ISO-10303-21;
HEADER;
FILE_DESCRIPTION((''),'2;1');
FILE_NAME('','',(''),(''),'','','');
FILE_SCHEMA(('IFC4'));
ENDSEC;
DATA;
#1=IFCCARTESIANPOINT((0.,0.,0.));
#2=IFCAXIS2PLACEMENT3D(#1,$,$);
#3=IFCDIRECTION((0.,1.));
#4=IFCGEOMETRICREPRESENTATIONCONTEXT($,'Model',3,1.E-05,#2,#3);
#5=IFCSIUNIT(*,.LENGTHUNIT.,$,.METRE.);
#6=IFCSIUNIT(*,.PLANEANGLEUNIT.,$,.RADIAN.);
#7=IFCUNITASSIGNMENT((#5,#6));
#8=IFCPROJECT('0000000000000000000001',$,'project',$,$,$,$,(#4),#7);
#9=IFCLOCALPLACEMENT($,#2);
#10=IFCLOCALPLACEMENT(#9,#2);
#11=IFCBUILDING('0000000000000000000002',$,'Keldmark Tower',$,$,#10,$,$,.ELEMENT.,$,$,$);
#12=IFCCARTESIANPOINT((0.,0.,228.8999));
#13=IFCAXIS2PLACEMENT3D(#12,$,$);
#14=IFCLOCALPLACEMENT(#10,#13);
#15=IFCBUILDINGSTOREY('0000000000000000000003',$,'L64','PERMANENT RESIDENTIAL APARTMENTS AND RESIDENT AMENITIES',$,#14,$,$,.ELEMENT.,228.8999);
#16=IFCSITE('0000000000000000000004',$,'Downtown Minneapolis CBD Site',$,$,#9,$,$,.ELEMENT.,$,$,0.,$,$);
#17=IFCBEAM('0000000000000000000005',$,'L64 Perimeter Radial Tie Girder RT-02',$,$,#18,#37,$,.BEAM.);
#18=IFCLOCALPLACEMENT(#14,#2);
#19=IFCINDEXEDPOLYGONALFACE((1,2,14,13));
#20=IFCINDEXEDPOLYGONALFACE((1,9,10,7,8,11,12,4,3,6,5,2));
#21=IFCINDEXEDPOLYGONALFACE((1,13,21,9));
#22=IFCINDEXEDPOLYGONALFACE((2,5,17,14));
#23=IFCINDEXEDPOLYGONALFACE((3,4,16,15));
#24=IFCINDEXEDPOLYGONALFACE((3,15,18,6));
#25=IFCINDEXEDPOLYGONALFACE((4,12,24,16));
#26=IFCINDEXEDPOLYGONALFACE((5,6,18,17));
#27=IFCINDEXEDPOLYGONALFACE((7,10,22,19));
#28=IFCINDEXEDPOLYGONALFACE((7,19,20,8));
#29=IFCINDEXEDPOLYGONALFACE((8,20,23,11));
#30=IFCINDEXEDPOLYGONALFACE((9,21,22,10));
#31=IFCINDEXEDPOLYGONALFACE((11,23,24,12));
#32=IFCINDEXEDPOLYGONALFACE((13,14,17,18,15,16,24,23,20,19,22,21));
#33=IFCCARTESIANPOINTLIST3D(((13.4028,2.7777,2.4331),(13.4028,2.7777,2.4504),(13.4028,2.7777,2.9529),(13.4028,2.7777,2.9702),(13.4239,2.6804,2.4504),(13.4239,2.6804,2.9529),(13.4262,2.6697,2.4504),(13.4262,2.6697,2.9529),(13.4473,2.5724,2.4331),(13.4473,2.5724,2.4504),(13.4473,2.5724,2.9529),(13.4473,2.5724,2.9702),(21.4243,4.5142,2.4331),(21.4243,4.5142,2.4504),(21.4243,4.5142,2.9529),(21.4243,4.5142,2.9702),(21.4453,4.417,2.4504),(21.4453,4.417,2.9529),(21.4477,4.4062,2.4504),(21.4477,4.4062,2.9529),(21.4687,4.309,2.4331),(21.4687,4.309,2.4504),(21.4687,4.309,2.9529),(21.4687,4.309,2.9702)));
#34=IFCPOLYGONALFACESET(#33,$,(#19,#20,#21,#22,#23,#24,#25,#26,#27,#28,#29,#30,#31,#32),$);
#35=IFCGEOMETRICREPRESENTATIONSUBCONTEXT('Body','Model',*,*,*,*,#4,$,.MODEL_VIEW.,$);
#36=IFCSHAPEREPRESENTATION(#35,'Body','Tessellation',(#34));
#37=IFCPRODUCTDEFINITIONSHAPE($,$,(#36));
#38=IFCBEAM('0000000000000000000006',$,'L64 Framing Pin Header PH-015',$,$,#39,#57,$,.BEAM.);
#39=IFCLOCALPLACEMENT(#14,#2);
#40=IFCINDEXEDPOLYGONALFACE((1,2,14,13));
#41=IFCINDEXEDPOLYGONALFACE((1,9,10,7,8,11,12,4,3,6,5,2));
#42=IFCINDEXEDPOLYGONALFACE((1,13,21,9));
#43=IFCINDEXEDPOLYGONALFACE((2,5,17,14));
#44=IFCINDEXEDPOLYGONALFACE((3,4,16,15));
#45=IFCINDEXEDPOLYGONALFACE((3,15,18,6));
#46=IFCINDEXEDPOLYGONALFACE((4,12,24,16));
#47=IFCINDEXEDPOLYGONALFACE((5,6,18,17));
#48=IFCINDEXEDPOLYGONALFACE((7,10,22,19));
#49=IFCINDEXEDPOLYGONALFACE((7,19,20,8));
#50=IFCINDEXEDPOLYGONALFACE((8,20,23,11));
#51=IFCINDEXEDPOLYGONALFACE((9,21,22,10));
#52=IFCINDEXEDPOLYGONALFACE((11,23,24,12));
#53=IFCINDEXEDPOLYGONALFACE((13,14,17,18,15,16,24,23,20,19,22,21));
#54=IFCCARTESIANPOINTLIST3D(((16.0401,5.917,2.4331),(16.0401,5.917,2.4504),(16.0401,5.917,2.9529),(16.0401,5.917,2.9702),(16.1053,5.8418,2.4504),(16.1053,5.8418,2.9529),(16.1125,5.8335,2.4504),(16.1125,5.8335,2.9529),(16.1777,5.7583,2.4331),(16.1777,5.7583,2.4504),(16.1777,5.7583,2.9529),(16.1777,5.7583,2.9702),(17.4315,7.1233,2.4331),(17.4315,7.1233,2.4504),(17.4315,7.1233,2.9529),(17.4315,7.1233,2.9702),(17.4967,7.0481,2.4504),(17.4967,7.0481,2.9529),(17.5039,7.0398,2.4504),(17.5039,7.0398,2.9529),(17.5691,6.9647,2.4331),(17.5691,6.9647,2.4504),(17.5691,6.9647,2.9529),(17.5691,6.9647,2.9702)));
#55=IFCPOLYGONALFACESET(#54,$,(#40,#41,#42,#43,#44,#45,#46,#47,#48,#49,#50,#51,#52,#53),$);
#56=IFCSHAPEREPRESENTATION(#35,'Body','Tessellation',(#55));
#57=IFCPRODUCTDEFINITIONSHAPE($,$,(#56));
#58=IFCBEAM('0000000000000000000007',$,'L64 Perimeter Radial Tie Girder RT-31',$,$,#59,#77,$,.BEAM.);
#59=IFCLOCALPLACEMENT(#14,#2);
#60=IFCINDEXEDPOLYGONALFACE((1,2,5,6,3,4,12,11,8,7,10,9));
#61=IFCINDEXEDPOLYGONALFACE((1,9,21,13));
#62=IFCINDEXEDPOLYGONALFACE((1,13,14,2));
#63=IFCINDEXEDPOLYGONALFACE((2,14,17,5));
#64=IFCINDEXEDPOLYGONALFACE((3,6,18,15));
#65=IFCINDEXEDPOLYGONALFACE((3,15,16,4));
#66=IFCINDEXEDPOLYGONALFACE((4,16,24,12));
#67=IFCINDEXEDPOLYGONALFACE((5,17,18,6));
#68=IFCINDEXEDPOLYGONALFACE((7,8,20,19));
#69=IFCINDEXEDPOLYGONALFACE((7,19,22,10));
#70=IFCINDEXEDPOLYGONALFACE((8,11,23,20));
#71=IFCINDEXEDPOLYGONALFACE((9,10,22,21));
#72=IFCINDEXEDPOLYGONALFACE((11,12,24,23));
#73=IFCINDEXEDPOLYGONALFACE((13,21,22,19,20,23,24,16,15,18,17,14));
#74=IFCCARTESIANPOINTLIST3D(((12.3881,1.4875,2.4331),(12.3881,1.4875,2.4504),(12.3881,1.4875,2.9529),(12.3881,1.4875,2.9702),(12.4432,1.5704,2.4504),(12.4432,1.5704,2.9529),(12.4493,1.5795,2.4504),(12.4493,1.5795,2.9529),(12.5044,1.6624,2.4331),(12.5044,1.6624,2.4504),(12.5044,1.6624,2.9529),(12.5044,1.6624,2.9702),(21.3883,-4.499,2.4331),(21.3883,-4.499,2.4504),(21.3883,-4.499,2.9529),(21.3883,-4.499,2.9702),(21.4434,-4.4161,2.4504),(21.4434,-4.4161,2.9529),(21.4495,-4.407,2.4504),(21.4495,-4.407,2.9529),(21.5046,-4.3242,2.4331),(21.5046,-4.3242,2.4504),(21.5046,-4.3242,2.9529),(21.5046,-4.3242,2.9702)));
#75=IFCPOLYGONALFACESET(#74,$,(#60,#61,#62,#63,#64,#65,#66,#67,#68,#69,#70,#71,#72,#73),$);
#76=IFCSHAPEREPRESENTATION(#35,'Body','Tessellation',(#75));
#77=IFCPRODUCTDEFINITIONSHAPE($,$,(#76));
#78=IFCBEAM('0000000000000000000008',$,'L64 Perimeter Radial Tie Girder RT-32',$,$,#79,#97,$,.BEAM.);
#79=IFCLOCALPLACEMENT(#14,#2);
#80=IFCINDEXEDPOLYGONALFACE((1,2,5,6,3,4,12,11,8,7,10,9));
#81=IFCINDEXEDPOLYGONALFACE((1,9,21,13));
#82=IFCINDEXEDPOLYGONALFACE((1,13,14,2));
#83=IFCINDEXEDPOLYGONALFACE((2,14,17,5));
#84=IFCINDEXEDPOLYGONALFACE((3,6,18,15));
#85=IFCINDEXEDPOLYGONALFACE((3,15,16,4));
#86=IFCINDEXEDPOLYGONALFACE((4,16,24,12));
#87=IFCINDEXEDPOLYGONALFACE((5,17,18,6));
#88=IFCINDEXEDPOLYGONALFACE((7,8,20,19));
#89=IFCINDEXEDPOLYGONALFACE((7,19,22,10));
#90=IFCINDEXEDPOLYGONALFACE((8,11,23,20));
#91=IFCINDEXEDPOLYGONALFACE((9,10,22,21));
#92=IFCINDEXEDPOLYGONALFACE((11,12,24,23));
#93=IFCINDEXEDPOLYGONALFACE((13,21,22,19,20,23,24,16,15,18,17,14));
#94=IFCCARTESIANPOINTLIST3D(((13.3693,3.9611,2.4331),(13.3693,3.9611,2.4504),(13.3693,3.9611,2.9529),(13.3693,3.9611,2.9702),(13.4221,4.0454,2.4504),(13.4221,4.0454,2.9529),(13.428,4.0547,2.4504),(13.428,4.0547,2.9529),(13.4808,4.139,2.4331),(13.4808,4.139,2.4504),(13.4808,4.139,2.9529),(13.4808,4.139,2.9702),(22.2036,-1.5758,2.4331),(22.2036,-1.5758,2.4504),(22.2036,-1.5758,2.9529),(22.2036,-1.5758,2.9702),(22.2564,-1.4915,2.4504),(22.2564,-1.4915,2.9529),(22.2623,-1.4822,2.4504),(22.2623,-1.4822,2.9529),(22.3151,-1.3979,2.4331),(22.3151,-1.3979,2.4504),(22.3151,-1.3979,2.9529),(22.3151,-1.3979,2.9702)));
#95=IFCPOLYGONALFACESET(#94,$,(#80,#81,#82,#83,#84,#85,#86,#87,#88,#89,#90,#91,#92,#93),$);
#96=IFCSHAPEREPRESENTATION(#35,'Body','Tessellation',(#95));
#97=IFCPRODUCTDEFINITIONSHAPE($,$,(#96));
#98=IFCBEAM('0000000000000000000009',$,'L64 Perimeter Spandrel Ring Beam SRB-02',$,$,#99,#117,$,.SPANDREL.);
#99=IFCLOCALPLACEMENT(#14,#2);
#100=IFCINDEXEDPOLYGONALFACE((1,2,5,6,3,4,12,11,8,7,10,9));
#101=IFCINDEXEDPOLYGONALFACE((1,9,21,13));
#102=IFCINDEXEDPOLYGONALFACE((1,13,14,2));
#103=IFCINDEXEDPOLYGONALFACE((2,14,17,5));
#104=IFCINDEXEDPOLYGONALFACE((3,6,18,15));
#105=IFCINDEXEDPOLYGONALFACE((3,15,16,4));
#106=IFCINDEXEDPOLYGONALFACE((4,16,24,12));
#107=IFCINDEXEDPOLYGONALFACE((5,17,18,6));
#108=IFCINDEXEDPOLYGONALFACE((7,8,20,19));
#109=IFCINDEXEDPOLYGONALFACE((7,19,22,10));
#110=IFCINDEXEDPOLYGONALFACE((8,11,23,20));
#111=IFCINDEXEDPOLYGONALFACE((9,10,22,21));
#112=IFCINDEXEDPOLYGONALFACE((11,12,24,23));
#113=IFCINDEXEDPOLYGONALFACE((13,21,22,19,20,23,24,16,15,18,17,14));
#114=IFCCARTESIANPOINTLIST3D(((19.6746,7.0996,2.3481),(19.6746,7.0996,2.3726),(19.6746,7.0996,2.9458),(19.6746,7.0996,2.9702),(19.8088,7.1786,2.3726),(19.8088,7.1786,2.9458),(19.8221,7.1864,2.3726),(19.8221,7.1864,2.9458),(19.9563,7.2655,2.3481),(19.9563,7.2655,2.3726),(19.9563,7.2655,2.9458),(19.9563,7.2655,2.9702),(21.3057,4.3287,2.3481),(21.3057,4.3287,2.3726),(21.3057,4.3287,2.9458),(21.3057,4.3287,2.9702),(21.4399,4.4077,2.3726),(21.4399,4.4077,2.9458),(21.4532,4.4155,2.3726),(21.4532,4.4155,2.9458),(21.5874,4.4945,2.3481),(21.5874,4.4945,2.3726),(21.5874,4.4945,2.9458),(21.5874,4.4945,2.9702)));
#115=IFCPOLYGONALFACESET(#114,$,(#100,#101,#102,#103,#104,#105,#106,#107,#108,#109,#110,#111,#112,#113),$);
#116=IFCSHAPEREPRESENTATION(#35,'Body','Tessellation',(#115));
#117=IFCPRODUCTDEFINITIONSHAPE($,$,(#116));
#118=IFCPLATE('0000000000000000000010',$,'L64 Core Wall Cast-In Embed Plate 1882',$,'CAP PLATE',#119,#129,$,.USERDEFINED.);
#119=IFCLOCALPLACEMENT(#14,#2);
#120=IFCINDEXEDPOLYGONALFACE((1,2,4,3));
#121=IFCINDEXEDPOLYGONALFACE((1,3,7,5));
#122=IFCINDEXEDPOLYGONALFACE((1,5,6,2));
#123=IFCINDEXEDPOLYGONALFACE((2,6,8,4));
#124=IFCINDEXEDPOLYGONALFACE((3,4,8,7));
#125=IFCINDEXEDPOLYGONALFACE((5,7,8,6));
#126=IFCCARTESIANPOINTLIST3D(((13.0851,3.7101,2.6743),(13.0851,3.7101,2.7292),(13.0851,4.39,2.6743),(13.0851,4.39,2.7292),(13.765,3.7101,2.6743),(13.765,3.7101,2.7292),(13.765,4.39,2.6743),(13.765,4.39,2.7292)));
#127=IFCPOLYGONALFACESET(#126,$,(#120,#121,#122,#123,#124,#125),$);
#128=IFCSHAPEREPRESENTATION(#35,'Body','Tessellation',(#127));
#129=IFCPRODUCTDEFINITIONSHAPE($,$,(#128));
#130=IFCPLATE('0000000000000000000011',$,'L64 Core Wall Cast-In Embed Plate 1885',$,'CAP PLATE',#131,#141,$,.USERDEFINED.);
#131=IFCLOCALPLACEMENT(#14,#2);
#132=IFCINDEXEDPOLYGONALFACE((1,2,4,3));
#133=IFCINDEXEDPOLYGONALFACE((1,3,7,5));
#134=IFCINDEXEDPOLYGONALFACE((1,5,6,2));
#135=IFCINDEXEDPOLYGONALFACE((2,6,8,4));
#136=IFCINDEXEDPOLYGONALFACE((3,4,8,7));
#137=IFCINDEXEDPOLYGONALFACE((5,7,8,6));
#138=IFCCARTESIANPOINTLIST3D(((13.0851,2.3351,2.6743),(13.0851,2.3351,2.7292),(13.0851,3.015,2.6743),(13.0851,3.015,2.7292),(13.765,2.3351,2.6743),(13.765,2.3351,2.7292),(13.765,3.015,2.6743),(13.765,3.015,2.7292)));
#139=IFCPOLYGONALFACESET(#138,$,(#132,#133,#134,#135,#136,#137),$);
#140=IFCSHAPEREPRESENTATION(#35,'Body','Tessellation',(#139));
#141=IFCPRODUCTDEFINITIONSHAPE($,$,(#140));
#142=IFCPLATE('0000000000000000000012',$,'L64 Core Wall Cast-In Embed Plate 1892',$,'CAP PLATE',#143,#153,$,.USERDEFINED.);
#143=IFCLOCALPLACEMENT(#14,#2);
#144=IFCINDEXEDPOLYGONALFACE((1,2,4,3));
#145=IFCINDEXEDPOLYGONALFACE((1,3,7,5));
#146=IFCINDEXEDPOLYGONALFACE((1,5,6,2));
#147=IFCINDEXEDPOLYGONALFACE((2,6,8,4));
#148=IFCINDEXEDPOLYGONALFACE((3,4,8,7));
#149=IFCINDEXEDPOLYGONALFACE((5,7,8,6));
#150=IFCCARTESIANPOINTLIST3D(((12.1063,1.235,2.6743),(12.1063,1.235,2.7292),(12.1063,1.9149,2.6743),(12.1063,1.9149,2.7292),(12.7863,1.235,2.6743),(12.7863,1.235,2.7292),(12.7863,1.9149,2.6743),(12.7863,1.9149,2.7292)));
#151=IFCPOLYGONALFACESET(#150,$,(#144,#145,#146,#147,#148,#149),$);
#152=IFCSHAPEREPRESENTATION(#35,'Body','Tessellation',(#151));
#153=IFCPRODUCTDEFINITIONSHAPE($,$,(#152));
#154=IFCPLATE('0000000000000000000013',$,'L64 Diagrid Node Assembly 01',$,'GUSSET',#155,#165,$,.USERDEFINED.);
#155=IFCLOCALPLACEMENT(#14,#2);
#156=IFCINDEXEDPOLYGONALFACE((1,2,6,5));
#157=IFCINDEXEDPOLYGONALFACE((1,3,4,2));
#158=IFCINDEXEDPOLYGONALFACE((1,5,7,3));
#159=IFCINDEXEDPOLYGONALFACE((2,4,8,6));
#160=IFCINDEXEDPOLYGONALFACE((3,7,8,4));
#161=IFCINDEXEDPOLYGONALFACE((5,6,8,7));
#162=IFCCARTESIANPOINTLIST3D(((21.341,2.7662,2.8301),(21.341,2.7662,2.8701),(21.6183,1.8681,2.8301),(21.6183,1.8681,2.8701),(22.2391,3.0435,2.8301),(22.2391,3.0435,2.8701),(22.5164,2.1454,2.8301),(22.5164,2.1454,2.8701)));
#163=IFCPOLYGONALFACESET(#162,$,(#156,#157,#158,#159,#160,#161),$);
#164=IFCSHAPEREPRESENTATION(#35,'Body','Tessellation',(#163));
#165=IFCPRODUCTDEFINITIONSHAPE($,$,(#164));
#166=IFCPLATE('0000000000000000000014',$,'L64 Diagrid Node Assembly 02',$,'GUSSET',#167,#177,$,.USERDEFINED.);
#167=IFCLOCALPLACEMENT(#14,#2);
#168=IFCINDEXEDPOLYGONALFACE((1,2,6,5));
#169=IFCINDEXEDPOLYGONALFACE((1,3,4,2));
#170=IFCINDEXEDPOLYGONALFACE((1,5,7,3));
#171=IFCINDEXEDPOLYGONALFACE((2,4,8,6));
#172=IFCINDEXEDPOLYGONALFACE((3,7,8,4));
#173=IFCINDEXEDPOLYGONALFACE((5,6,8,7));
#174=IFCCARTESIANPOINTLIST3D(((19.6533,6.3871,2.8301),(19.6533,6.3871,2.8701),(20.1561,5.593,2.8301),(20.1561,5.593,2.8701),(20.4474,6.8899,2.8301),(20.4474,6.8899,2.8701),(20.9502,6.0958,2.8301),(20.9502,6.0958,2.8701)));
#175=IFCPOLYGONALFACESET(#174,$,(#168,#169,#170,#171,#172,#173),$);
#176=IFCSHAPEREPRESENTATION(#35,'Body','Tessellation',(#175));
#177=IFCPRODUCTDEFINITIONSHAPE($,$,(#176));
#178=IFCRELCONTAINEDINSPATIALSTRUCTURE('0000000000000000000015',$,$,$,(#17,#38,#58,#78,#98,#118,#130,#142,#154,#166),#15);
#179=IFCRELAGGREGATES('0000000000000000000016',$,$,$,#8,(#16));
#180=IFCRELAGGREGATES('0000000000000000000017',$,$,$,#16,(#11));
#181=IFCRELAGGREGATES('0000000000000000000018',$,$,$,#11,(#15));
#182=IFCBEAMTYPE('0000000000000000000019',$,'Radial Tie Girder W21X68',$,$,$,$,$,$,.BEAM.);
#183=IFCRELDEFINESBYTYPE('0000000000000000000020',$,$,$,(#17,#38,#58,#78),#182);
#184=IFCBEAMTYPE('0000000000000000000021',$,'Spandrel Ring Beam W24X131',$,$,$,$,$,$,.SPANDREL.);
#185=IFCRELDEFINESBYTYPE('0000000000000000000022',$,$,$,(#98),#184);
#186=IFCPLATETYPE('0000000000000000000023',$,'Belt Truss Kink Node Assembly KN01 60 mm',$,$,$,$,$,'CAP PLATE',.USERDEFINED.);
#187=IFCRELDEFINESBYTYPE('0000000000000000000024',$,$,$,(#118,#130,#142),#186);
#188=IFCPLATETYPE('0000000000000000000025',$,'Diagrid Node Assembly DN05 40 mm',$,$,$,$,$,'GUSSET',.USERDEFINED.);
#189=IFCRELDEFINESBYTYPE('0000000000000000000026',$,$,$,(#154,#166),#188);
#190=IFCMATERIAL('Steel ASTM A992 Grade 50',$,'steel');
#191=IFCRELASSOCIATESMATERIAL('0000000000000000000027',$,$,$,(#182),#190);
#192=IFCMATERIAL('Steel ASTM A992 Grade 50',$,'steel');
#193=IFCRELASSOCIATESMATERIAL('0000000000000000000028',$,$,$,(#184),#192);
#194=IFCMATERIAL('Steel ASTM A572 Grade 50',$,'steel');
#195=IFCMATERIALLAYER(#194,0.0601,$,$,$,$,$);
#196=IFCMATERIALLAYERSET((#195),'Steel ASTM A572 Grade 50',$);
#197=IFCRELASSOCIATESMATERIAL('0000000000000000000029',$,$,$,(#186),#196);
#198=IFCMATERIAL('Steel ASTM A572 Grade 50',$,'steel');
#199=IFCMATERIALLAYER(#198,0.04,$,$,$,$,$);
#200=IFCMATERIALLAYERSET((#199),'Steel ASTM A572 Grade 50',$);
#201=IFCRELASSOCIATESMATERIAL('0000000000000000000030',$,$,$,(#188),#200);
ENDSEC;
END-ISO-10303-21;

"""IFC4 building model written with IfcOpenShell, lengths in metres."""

from ifc_helpers import new_model, si_unit, direction, frame, origin, origin_2d, place, context, subcontext, project, spatial, rectangle, i_section, extrude, material, layer, layer_set, material_profile, profile_set, type_object, element, save


model = new_model("IFC4")

# Units and contexts
model_context = context("Model", 3, precision=1e-05, world=origin(), true_north=direction((0.0, 1.0)))
body_context = subcontext(model_context, "Body", "Model", "MODEL_VIEW")
ifc_project = project(units=[si_unit("LENGTHUNIT", "METRE"), si_unit("PLANEANGLEUNIT", "RADIAN")], contexts=[model_context])

# Site, building, storey
site_placement = place(None, origin())
site = spatial("IfcSite", under=ifc_project, at=site_placement, Name="Downtown Minneapolis CBD Site", CompositionType="ELEMENT", RefElevation=0.0)
building_placement = place(site_placement, origin())
building = spatial("IfcBuilding", under=site, at=building_placement, Name="Keldmark Tower", CompositionType="ELEMENT")
storey_placement = place(building_placement, frame((0.0, 0.0, 228.8999)))
storey = spatial("IfcBuildingStorey", under=building, at=storey_placement, Name="L64", Description="PERMANENT RESIDENTIAL APARTMENTS AND RESIDENT AMENITIES", CompositionType="ELEMENT", Elevation=228.8999)

# Beams
ifc_material_1 = material(Name="Steel ASTM A992 Grade 50", Category="steel")
ifc_material_profile_1 = material_profile(ifc_material_1, i_section(OverallWidth=0.21, OverallDepth=0.5371, WebThickness=0.011, FlangeThickness=0.0173, at=origin_2d()), Name="W21X68")
ifc_profile_set_1 = profile_set([ifc_material_profile_1], Name="Steel ASTM A992 Grade 50")
beam_type_1 = type_object("IfcBeamType", Name="Radial Tie Girder W21X68", PredefinedType="BEAM", material=ifc_profile_set_1)
beam_1_placement = place(storey_placement, frame((13.425, 2.675, 2.7017), z_axis=(0.977359, 0.211589, 0.0), x_axis=(-0.211589, 0.977359, 0.0)))
element("IfcBeam", 1, at=beam_1_placement, inside=storey, type_object=beam_type_1, Name="L64 Perimeter Radial Tie Girder RT-02", PredefinedType="BEAM", context=body_context, shape_type="SweptSolid", body=[
    extrude(i_section(OverallWidth=0.21, OverallDepth=0.5371, WebThickness=0.011, FlangeThickness=0.0173, at=origin_2d()), origin(), (0.0, 0.0, 1.0), 8.2073),
])
beam_2_placement = place(storey_placement, frame((16.1089, 5.8376, 2.7017), z_axis=(0.755567, 0.655072, 0.0), x_axis=(-0.655072, 0.755567, 0.0)))
element("IfcBeam", 2, at=beam_2_placement, inside=storey, type_object=beam_type_1, Name="L64 Framing Pin Header PH-015", PredefinedType="BEAM", context=body_context, shape_type="SweptSolid", body=[
    extrude(i_section(OverallWidth=0.21, OverallDepth=0.5371, WebThickness=0.011, FlangeThickness=0.0173, at=origin_2d()), origin(), (0.0, 0.0, 1.0), 1.8416),
])
beam_3_placement = place(storey_placement, frame((12.4463, 1.575, 2.7017), z_axis=(0.83263, -0.553829, 0.0), x_axis=(0.553829, 0.83263, 0.0)))
element("IfcBeam", 3, at=beam_3_placement, inside=storey, type_object=beam_type_1, Name="L64 Perimeter Radial Tie Girder RT-31", PredefinedType="BEAM", context=body_context, shape_type="SweptSolid", body=[
    extrude(i_section(OverallWidth=0.21, OverallDepth=0.5371, WebThickness=0.011, FlangeThickness=0.0173, at=origin_2d()), origin(), (0.0, 0.0, 1.0), 10.8093),
])
beam_4_placement = place(storey_placement, frame((13.425, 4.05, 2.7017), z_axis=(0.847331, -0.531066, 0.0), x_axis=(0.531066, 0.847331, 0.0)))
element("IfcBeam", 4, at=beam_4_placement, inside=storey, type_object=beam_type_1, Name="L64 Perimeter Radial Tie Girder RT-32", PredefinedType="BEAM", context=body_context, shape_type="SweptSolid", body=[
    extrude(i_section(OverallWidth=0.21, OverallDepth=0.5371, WebThickness=0.011, FlangeThickness=0.0173, at=origin_2d()), origin(), (0.0, 0.0, 1.0), 10.426),
])
ifc_material_2 = material(Name="Steel ASTM A992 Grade 50", Category="steel")
ifc_material_profile_2 = material_profile(ifc_material_2, i_section(OverallWidth=0.3269, OverallDepth=0.6221, WebThickness=0.0154, FlangeThickness=0.0244, at=origin_2d()), Name="W24X131")
ifc_profile_set_2 = profile_set([ifc_material_profile_2], Name="Steel ASTM A992 Grade 50")
beam_type_2 = type_object("IfcBeamType", Name="Spandrel Ring Beam W24X131", PredefinedType="SPANDREL", material=ifc_profile_set_2)
beam_5_placement = place(storey_placement, frame((21.4465, 4.4116, 2.6592), z_axis=(-0.507276, 0.861784, 0.0), x_axis=(-0.861784, -0.507276, 0.0)))
element("IfcBeam", 5, at=beam_5_placement, inside=storey, type_object=beam_type_2, Name="L64 Perimeter Spandrel Ring Beam SRB-02", PredefinedType="SPANDREL", context=body_context, shape_type="SweptSolid", body=[
    extrude(i_section(OverallWidth=0.3269, OverallDepth=0.6221, WebThickness=0.0154, FlangeThickness=0.0244, at=origin_2d()), origin(), (0.0, 0.0, 1.0), 3.2153),
])

# Plates
ifc_material_3 = material(Name="Steel ASTM A572 Grade 50", Category="steel")
ifc_layer_1 = layer(ifc_material_3, 0.0601)
ifc_layer_set_1 = layer_set([ifc_layer_1], Name="Steel ASTM A572 Grade 50")
plate_type_1 = type_object("IfcPlateType", Name="Belt Truss Kink Node Assembly KN01 60 mm", ElementType="CAP PLATE", PredefinedType="USERDEFINED", material=ifc_layer_set_1)
for number, where, z_axis, x_axis, name in (
    (6, (13.425, 4.05, 2.6743), (0.0, 0.0, 1.0), (1.0, 0.0, 0.0), "L64 Core Wall Cast-In Embed Plate 1882"),
    (7, (13.425, 2.675, 2.6743), (0.0, 0.0, 1.0), (1.0, 0.0, 0.0), "L64 Core Wall Cast-In Embed Plate 1885"),
    (8, (12.4463, 1.575, 2.6743), (0.0, 0.0, 1.0), (1.0, 0.0, 0.0), "L64 Core Wall Cast-In Embed Plate 1892"),
):
    element("IfcPlate", number, at=place(storey_placement, frame(where, z_axis=z_axis, x_axis=x_axis)), inside=storey, type_object=plate_type_1, Name=name, ObjectType="CAP PLATE", PredefinedType="USERDEFINED", context=body_context, shape_type="SweptSolid", body=[
        extrude(rectangle(XDim=0.6799, YDim=0.6799, at=origin_2d()), origin(), (0.0, 0.0, 1.0), 0.0549),
    ])
ifc_material_4 = material(Name="Steel ASTM A572 Grade 50", Category="steel")
ifc_layer_2 = layer(ifc_material_4, 0.04)
ifc_layer_set_2 = layer_set([ifc_layer_2], Name="Steel ASTM A572 Grade 50")
plate_type_2 = type_object("IfcPlateType", Name="Diagrid Node Assembly DN05 40 mm", ElementType="GUSSET", PredefinedType="USERDEFINED", material=ifc_layer_set_2)
for number, where, z_axis, x_axis, name in (
    (9, (21.9287, 2.4558, 2.8301), (0.0, 0.0, 1.0), (-0.295041, 0.955485, 0.0), "L64 Diagrid Node Assembly 01"),
    (10, (20.3018, 6.2415, 2.8301), (0.0, 0.0, 1.0), (-0.534942, 0.844889, 0.0), "L64 Diagrid Node Assembly 02"),
):
    element("IfcPlate", number, at=place(storey_placement, frame(where, z_axis=z_axis, x_axis=x_axis)), inside=storey, type_object=plate_type_2, Name=name, ObjectType="GUSSET", PredefinedType="USERDEFINED", context=body_context, shape_type="SweptSolid", body=[
        extrude(rectangle(XDim=0.9399, YDim=0.9399, at=origin_2d()), origin(), (0.0, 0.0, 1.0), 0.04),
    ])

save(model, "model.ifc")
